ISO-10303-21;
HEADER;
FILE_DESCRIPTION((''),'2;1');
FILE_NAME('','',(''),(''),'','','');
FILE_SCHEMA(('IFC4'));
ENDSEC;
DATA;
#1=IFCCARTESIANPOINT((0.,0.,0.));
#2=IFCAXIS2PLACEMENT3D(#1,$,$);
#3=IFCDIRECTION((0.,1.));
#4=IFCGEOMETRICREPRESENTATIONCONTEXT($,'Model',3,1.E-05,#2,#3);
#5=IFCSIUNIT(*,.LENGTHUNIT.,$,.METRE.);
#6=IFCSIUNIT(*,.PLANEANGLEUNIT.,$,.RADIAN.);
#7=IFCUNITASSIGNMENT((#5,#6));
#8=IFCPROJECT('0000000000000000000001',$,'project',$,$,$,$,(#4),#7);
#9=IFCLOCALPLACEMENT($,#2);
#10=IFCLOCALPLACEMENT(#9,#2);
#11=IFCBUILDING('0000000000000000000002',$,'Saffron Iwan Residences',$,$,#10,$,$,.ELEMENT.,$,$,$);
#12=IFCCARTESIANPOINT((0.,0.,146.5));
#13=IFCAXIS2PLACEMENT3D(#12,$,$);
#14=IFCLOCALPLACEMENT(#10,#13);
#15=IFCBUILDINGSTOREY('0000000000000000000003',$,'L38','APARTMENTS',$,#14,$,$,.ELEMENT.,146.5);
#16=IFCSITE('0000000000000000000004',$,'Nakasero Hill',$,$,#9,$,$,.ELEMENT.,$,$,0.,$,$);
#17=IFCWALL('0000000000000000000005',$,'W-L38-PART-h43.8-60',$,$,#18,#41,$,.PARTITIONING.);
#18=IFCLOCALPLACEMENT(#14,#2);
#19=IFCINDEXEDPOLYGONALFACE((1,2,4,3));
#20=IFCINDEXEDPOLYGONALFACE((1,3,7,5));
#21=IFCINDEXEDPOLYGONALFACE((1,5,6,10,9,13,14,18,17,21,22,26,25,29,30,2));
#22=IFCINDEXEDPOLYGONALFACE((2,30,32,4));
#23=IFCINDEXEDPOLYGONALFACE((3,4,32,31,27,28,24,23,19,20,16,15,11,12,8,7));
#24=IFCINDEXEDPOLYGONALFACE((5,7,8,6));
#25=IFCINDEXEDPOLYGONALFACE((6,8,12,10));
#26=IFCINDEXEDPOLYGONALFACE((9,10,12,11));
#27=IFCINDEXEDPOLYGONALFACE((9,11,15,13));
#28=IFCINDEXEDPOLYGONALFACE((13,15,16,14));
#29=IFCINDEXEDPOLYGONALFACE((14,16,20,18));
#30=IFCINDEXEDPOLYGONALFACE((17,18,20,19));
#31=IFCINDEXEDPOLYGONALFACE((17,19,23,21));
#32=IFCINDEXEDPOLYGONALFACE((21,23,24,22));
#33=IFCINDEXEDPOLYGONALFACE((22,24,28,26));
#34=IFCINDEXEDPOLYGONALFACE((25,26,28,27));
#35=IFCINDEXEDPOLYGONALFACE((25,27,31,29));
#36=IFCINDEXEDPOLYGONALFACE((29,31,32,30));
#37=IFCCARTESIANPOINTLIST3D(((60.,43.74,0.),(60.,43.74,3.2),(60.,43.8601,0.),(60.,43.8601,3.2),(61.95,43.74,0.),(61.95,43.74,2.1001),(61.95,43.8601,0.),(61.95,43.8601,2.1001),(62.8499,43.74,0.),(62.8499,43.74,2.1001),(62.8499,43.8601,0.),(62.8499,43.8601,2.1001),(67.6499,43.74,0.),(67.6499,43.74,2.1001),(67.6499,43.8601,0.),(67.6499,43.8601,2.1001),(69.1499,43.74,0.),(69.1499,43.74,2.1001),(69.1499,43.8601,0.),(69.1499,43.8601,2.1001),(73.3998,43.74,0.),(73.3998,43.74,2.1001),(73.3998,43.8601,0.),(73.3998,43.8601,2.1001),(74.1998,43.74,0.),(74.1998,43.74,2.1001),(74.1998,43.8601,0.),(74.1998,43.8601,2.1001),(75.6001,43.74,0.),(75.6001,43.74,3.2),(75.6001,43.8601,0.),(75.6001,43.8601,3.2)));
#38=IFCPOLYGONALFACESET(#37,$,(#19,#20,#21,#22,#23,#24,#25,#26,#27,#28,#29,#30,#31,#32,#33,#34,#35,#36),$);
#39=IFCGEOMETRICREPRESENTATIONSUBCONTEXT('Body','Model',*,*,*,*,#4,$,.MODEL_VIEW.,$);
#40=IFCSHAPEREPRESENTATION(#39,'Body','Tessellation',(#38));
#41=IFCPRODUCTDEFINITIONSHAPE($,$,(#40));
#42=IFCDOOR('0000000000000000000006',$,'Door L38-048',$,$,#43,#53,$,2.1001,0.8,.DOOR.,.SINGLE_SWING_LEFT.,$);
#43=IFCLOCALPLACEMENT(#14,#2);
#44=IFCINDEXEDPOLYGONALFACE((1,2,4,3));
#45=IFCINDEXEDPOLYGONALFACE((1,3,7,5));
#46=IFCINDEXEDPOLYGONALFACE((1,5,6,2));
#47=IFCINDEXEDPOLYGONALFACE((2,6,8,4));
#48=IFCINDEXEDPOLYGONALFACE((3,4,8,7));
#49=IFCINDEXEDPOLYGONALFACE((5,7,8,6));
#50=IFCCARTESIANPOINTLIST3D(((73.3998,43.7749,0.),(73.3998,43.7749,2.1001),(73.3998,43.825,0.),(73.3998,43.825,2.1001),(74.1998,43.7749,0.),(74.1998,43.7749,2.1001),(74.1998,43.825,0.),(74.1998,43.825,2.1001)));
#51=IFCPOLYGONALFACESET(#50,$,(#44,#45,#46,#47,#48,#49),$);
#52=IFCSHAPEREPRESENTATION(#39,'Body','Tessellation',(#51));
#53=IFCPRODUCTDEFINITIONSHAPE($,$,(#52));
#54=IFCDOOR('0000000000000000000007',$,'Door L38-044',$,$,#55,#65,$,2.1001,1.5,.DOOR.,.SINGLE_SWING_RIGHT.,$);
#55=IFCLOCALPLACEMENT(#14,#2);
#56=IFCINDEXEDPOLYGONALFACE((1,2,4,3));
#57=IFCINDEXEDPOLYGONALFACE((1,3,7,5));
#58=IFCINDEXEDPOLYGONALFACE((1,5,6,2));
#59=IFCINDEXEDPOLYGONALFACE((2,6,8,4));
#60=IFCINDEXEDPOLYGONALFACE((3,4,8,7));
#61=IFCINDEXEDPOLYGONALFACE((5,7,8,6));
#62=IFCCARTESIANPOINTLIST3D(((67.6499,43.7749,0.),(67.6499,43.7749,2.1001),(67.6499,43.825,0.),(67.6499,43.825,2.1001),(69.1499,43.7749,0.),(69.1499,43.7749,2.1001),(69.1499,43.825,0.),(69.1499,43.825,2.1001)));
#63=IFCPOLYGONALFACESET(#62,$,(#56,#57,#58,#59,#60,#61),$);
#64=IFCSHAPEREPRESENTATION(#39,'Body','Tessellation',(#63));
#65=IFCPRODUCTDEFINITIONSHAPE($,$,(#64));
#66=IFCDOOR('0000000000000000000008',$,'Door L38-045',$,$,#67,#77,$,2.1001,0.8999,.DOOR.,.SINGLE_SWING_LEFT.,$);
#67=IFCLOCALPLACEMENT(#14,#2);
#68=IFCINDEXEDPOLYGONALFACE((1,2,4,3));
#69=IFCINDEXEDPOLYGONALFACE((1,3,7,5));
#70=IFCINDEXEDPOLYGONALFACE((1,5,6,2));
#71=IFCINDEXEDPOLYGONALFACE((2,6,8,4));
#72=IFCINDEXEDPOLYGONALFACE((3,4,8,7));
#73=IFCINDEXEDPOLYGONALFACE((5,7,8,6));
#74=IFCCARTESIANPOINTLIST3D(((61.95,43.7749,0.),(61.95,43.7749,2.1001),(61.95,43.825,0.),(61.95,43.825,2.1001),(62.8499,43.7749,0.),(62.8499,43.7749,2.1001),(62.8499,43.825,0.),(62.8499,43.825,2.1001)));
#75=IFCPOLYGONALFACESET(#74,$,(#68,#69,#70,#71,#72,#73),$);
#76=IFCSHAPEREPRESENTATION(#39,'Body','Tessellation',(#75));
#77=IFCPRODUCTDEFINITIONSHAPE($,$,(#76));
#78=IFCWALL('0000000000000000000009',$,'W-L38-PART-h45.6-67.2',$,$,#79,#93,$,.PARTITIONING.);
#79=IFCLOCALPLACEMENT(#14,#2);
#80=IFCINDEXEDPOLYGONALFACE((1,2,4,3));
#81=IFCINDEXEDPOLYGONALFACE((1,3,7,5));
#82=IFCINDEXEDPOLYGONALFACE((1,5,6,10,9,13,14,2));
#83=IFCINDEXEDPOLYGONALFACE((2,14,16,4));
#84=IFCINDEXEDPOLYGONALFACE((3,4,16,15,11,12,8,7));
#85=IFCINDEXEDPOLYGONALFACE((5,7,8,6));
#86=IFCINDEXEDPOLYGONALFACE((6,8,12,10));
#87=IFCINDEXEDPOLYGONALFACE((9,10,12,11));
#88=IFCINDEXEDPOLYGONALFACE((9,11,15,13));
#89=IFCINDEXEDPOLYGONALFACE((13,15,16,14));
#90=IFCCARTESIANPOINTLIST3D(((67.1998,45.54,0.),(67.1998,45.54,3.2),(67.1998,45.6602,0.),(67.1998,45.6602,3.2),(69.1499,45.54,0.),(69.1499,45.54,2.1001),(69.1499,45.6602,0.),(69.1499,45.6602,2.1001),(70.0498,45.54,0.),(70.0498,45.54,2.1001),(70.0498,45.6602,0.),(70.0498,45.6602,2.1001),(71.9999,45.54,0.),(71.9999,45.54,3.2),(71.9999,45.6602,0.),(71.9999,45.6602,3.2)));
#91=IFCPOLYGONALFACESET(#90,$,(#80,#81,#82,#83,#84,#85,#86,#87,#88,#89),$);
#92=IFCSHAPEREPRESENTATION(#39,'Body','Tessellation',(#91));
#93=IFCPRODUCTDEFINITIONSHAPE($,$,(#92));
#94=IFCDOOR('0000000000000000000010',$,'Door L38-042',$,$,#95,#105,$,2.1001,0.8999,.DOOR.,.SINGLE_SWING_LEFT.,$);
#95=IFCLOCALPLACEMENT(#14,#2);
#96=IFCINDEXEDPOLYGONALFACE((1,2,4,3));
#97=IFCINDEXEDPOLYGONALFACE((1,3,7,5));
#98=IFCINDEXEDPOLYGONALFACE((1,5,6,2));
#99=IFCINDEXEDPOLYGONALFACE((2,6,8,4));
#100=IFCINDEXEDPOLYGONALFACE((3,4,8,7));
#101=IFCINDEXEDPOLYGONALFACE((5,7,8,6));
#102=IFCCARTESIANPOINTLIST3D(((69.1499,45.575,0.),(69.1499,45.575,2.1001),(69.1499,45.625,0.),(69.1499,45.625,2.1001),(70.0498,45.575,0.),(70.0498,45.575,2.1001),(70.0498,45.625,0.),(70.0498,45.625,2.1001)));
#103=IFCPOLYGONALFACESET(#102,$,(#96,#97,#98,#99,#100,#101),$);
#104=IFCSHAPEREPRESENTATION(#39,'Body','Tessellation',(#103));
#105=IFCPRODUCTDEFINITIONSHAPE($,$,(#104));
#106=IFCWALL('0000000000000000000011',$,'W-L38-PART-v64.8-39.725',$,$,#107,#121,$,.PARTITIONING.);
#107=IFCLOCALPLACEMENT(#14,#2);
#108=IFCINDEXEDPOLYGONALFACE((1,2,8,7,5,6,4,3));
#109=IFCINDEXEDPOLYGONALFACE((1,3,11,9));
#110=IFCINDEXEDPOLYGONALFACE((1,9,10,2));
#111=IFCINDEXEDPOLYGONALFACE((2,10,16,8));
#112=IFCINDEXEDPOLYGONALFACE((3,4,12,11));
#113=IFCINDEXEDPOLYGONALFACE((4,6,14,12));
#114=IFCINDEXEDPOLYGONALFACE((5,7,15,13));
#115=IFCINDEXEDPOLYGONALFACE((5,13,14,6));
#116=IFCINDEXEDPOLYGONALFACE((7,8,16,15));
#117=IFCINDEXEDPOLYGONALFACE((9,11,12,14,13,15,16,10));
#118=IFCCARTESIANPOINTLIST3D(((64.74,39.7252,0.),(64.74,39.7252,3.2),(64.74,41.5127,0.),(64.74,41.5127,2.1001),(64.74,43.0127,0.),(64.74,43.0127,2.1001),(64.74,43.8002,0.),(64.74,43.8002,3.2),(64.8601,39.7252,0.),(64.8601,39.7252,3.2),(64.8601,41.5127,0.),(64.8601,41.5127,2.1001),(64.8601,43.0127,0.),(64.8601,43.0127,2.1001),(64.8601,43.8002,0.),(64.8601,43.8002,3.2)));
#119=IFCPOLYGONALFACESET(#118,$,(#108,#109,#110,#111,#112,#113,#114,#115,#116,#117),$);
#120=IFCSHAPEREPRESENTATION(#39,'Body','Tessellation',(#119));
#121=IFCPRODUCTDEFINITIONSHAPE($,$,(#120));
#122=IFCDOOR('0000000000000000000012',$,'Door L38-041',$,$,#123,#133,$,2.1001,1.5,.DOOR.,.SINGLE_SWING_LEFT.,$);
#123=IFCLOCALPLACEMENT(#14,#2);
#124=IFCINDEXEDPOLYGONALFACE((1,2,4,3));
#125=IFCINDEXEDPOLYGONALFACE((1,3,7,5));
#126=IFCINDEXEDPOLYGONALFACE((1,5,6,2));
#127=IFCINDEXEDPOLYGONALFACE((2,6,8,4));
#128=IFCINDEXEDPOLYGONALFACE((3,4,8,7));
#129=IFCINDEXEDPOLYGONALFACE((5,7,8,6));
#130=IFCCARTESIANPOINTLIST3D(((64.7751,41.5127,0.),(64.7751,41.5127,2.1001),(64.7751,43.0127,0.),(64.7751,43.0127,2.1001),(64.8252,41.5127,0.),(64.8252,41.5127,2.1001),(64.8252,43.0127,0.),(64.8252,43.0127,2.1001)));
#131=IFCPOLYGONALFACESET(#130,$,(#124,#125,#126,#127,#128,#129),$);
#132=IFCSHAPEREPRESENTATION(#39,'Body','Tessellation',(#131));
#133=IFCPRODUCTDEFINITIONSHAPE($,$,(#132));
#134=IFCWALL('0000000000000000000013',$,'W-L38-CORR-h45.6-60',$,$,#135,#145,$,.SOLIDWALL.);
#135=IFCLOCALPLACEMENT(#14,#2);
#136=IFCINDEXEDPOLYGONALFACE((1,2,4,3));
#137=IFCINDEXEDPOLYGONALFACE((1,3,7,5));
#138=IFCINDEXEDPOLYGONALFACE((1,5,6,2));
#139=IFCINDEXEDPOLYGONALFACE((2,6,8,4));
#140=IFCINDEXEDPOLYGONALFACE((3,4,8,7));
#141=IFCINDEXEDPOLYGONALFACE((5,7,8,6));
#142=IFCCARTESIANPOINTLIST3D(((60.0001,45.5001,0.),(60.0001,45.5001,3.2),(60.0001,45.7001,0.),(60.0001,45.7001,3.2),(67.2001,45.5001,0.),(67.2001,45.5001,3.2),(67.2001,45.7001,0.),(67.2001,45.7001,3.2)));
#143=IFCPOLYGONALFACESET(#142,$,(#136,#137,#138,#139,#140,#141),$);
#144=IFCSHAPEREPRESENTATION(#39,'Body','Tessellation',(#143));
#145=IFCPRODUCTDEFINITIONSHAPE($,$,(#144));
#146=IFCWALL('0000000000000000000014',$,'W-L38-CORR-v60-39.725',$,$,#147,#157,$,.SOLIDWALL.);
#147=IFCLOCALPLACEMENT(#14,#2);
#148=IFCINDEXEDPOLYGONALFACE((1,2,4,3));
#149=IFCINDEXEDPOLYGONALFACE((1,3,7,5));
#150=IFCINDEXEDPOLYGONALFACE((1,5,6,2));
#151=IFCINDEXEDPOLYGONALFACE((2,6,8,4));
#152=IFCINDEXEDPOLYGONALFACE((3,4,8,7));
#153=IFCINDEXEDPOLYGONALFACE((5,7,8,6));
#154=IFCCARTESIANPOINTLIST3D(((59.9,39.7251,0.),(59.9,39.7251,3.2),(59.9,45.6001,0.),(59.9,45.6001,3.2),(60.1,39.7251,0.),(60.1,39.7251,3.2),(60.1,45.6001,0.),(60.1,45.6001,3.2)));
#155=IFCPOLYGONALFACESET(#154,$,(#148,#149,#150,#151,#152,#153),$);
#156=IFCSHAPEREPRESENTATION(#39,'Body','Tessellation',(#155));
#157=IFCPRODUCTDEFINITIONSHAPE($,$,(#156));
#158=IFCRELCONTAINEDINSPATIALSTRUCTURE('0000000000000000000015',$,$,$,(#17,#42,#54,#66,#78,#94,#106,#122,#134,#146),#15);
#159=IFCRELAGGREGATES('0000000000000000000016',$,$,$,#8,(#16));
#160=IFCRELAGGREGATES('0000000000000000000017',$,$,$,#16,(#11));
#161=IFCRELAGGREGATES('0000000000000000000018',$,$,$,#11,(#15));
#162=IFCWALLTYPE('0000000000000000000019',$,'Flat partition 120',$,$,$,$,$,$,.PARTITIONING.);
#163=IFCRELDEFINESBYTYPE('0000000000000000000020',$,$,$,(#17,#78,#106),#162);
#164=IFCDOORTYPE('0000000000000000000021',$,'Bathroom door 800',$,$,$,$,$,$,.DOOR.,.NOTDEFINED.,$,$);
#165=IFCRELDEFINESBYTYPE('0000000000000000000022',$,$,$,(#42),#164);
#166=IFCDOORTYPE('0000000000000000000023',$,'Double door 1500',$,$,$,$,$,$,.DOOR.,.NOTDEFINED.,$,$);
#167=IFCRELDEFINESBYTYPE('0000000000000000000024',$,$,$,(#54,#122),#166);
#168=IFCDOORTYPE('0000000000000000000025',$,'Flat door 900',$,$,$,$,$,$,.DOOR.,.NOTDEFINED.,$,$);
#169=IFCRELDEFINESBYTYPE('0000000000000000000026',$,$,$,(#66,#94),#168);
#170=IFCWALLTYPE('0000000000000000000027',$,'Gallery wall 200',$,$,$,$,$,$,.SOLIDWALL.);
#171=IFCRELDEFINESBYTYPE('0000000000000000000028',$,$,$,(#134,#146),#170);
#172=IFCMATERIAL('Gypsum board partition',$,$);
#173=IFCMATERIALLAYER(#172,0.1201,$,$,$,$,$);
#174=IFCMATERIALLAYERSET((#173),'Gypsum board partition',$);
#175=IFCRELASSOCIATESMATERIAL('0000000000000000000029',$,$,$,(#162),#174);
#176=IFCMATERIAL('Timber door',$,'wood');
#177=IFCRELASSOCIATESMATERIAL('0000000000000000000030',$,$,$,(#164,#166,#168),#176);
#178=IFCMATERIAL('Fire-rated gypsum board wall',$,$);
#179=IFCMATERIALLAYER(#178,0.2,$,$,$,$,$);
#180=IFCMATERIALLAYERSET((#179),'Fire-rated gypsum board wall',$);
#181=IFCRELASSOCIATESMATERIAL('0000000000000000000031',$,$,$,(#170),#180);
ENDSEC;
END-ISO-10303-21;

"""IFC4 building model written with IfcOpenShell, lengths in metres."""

from ifc_helpers import new_model, si_unit, direction, frame, frame_2d, origin, place, context, subcontext, project, spatial, rectangle, extrude, material, layer, layer_set, type_object, element, fill, save


model = new_model("IFC4")

# Units and contexts
model_context = context("Model", 3, precision=1e-05, world=origin(), true_north=direction((0.0, 1.0)))
body_context = subcontext(model_context, "Body", "Model", "MODEL_VIEW")
ifc_project = project(units=[si_unit("LENGTHUNIT", "METRE"), si_unit("PLANEANGLEUNIT", "RADIAN")], contexts=[model_context])

# Site, building, storey
site_placement = place(None, origin())
site = spatial("IfcSite", under=ifc_project, at=site_placement, Name="Nakasero Hill", CompositionType="ELEMENT", RefElevation=0.0)
building_placement = place(site_placement, origin())
building = spatial("IfcBuilding", under=site, at=building_placement, Name="Saffron Iwan Residences", CompositionType="ELEMENT")
storey_placement = place(building_placement, frame((0.0, 0.0, 146.5)))
storey = spatial("IfcBuildingStorey", under=building, at=storey_placement, Name="L38", Description="APARTMENTS", CompositionType="ELEMENT", Elevation=146.5)

# Wall, openings, doors
ifc_material_1 = material(Name="Gypsum board partition")
ifc_layer_1 = layer(ifc_material_1, 0.1201)
ifc_layer_set_1 = layer_set([ifc_layer_1], Name="Gypsum board partition")
wall_type_1 = type_object("IfcWallType", Name="Flat partition 120", PredefinedType="PARTITIONING", material=ifc_layer_set_1)
wall_1_placement = place(storey_placement, frame((60.0, 43.8, 0.0), z_axis=(0.0, 0.0, 1.0), x_axis=(1.0, 0.0, 0.0)))
wall_1 = element("IfcWall", 1, at=wall_1_placement, inside=storey, type_object=wall_type_1, Name="W-L38-PART-h43.8-60", PredefinedType="PARTITIONING", context=body_context, shape_type="SweptSolid", body=[
    extrude(rectangle(XDim=15.6001, YDim=0.1201, at=frame_2d((7.8, 0.0))), origin(), (0.0, 0.0, 1.0), 3.2),
])
opening_1_placement = place(wall_1_placement, frame((7.6499, 0.0, 0.0)))
opening_1 = element("IfcOpeningElement", 2, at=opening_1_placement, cuts=wall_1, PredefinedType="OPENING", context=body_context, shape_type="SweptSolid", body=[
    extrude(rectangle(XDim=1.5, YDim=2.1001, at=frame_2d((0.75, 1.05))), frame((0.0, 0.0701, 0.0), z_axis=(0.0, -1.0, 0.0), x_axis=(1.0, 0.0, 0.0)), (0.0, 0.0, 1.0), 0.1401),
])
opening_2_placement = place(wall_1_placement, frame((1.95, 0.0, 0.0)))
opening_2 = element("IfcOpeningElement", 3, at=opening_2_placement, cuts=wall_1, PredefinedType="OPENING", context=body_context, shape_type="SweptSolid", body=[
    extrude(rectangle(XDim=0.8999, YDim=2.1001, at=frame_2d((0.45, 1.05))), frame((0.0, 0.0701, 0.0), z_axis=(0.0, -1.0, 0.0), x_axis=(1.0, 0.0, 0.0)), (0.0, 0.0, 1.0), 0.1401),
])
opening_3_placement = place(wall_1_placement, frame((13.3999, 0.0, 0.0)))
opening_3 = element("IfcOpeningElement", 4, at=opening_3_placement, cuts=wall_1, PredefinedType="OPENING", context=body_context, shape_type="SweptSolid", body=[
    extrude(rectangle(XDim=0.8, YDim=2.1001, at=frame_2d((0.3999, 1.05))), frame((0.0, 0.0701, 0.0), z_axis=(0.0, -1.0, 0.0), x_axis=(1.0, 0.0, 0.0)), (0.0, 0.0, 1.0), 0.1401),
])
ifc_material_2 = material(Name="Timber door", Category="wood")
door_type_1 = type_object("IfcDoorType", Name="Bathroom door 800", OperationType="NOTDEFINED", PredefinedType="DOOR", material=ifc_material_2)
door_1_placement = place(opening_3_placement, origin())
door_1 = element("IfcDoor", 5, at=door_1_placement, inside=storey, type_object=door_type_1, Name="Door L38-048", OperationType="SINGLE_SWING_LEFT", OverallHeight=2.1001, OverallWidth=0.8, PredefinedType="DOOR", context=body_context, shape_type="SweptSolid", body=[
    extrude(rectangle(XDim=0.8, YDim=2.1001, at=frame_2d((0.3999, 1.05))), frame((0.0, 0.0249, 0.0), z_axis=(0.0, -1.0, 0.0), x_axis=(1.0, 0.0, 0.0)), (0.0, 0.0, 1.0), 0.05),
])
fill(opening_3, door_1)
door_type_2 = type_object("IfcDoorType", Name="Double door 1500", OperationType="NOTDEFINED", PredefinedType="DOOR", material=ifc_material_2)
door_2_placement = place(opening_1_placement, origin())
door_2 = element("IfcDoor", 6, at=door_2_placement, inside=storey, type_object=door_type_2, Name="Door L38-044", OperationType="SINGLE_SWING_RIGHT", OverallHeight=2.1001, OverallWidth=1.5, PredefinedType="DOOR", context=body_context, shape_type="SweptSolid", body=[
    extrude(rectangle(XDim=1.5, YDim=2.1001, at=frame_2d((0.75, 1.05))), frame((0.0, 0.0249, 0.0), z_axis=(0.0, -1.0, 0.0), x_axis=(1.0, 0.0, 0.0)), (0.0, 0.0, 1.0), 0.05),
])
fill(opening_1, door_2)
door_type_3 = type_object("IfcDoorType", Name="Flat door 900", OperationType="NOTDEFINED", PredefinedType="DOOR", material=ifc_material_2)
door_3_placement = place(opening_2_placement, origin())
door_3 = element("IfcDoor", 7, at=door_3_placement, inside=storey, type_object=door_type_3, Name="Door L38-045", OperationType="SINGLE_SWING_LEFT", OverallHeight=2.1001, OverallWidth=0.8999, PredefinedType="DOOR", context=body_context, shape_type="SweptSolid", body=[
    extrude(rectangle(XDim=0.8999, YDim=2.1001, at=frame_2d((0.45, 1.05))), frame((0.0, 0.0249, 0.0), z_axis=(0.0, -1.0, 0.0), x_axis=(1.0, 0.0, 0.0)), (0.0, 0.0, 1.0), 0.05),
])
fill(opening_2, door_3)

# Walls, openings, doors
wall_2_placement = place(storey_placement, frame((67.2, 45.6001, 0.0), z_axis=(0.0, 0.0, 1.0), x_axis=(1.0, 0.0, 0.0)))
wall_2 = element("IfcWall", 8, at=wall_2_placement, inside=storey, type_object=wall_type_1, Name="W-L38-PART-h45.6-67.2", PredefinedType="PARTITIONING", context=body_context, shape_type="SweptSolid", body=[
    extrude(rectangle(XDim=4.8, YDim=0.1201, at=frame_2d((2.3999, 0.0))), origin(), (0.0, 0.0, 1.0), 3.2),
])
opening_4_placement = place(wall_2_placement, frame((1.95, 0.0, 0.0)))
opening_4 = element("IfcOpeningElement", 9, at=opening_4_placement, cuts=wall_2, PredefinedType="OPENING", context=body_context, shape_type="SweptSolid", body=[
    extrude(rectangle(XDim=0.8999, YDim=2.1001, at=frame_2d((0.45, 1.05))), frame((0.0, 0.0701, 0.0), z_axis=(0.0, -1.0, 0.0), x_axis=(1.0, 0.0, 0.0)), (0.0, 0.0, 1.0), 0.1401),
])
door_4_placement = place(opening_4_placement, origin())
door_4 = element("IfcDoor", 10, at=door_4_placement, inside=storey, type_object=door_type_3, Name="Door L38-042", OperationType="SINGLE_SWING_LEFT", OverallHeight=2.1001, OverallWidth=0.8999, PredefinedType="DOOR", context=body_context, shape_type="SweptSolid", body=[
    extrude(rectangle(XDim=0.8999, YDim=2.1001, at=frame_2d((0.45, 1.05))), frame((0.0, 0.0249, 0.0), z_axis=(0.0, -1.0, 0.0), x_axis=(1.0, 0.0, 0.0)), (0.0, 0.0, 1.0), 0.05),
])
fill(opening_4, door_4)
wall_3_placement = place(storey_placement, frame((64.8, 39.7251, 0.0), z_axis=(0.0, 0.0, 1.0), x_axis=(0.0, 1.0, 0.0)))
wall_3 = element("IfcWall", 11, at=wall_3_placement, inside=storey, type_object=wall_type_1, Name="W-L38-PART-v64.8-39.725", PredefinedType="PARTITIONING", context=body_context, shape_type="SweptSolid", body=[
    extrude(rectangle(XDim=4.075, YDim=0.1201, at=frame_2d((2.0376, 0.0))), origin(), (0.0, 0.0, 1.0), 3.2),
])
opening_5_placement = place(wall_3_placement, frame((1.7876, 0.0, 0.0)))
opening_5 = element("IfcOpeningElement", 12, at=opening_5_placement, cuts=wall_3, PredefinedType="OPENING", context=body_context, shape_type="SweptSolid", body=[
    extrude(rectangle(XDim=1.5, YDim=2.1001, at=frame_2d((0.75, 1.05))), frame((0.0, 0.0701, 0.0), z_axis=(0.0, -1.0, 0.0), x_axis=(1.0, 0.0, 0.0)), (0.0, 0.0, 1.0), 0.1401),
])
door_5_placement = place(opening_5_placement, origin())
door_5 = element("IfcDoor", 13, at=door_5_placement, inside=storey, type_object=door_type_2, Name="Door L38-041", OperationType="SINGLE_SWING_LEFT", OverallHeight=2.1001, OverallWidth=1.5, PredefinedType="DOOR", context=body_context, shape_type="SweptSolid", body=[
    extrude(rectangle(XDim=1.5, YDim=2.1001, at=frame_2d((0.75, 1.05))), frame((0.0, 0.0249, 0.0), z_axis=(0.0, -1.0, 0.0), x_axis=(1.0, 0.0, 0.0)), (0.0, 0.0, 1.0), 0.05),
])
fill(opening_5, door_5)

# Walls
ifc_material_3 = material(Name="Fire-rated gypsum board wall")
ifc_layer_2 = layer(ifc_material_3, 0.2)
ifc_layer_set_2 = layer_set([ifc_layer_2], Name="Fire-rated gypsum board wall")
wall_type_2 = type_object("IfcWallType", Name="Gallery wall 200", PredefinedType="SOLIDWALL", material=ifc_layer_set_2)
wall_4_placement = place(storey_placement, frame((60.0, 45.6001, 0.0), z_axis=(0.0, 0.0, 1.0), x_axis=(1.0, 0.0, 0.0)))
element("IfcWall", 14, at=wall_4_placement, inside=storey, type_object=wall_type_2, Name="W-L38-CORR-h45.6-60", PredefinedType="SOLIDWALL", context=body_context, shape_type="SweptSolid", body=[
    extrude(rectangle(XDim=7.2, YDim=0.2, at=frame_2d((3.6001, 0.0))), origin(), (0.0, 0.0, 1.0), 3.2),
])
wall_5_placement = place(storey_placement, frame((60.0, 39.7251, 0.0), z_axis=(0.0, 0.0, 1.0), x_axis=(0.0, 1.0, 0.0)))
element("IfcWall", 15, at=wall_5_placement, inside=storey, type_object=wall_type_2, Name="W-L38-CORR-v60-39.725", PredefinedType="SOLIDWALL", context=body_context, shape_type="SweptSolid", body=[
    extrude(rectangle(XDim=5.875, YDim=0.2, at=frame_2d((2.9375, 0.0))), origin(), (0.0, 0.0, 1.0), 3.2),
])

save(model, "model.ifc")
